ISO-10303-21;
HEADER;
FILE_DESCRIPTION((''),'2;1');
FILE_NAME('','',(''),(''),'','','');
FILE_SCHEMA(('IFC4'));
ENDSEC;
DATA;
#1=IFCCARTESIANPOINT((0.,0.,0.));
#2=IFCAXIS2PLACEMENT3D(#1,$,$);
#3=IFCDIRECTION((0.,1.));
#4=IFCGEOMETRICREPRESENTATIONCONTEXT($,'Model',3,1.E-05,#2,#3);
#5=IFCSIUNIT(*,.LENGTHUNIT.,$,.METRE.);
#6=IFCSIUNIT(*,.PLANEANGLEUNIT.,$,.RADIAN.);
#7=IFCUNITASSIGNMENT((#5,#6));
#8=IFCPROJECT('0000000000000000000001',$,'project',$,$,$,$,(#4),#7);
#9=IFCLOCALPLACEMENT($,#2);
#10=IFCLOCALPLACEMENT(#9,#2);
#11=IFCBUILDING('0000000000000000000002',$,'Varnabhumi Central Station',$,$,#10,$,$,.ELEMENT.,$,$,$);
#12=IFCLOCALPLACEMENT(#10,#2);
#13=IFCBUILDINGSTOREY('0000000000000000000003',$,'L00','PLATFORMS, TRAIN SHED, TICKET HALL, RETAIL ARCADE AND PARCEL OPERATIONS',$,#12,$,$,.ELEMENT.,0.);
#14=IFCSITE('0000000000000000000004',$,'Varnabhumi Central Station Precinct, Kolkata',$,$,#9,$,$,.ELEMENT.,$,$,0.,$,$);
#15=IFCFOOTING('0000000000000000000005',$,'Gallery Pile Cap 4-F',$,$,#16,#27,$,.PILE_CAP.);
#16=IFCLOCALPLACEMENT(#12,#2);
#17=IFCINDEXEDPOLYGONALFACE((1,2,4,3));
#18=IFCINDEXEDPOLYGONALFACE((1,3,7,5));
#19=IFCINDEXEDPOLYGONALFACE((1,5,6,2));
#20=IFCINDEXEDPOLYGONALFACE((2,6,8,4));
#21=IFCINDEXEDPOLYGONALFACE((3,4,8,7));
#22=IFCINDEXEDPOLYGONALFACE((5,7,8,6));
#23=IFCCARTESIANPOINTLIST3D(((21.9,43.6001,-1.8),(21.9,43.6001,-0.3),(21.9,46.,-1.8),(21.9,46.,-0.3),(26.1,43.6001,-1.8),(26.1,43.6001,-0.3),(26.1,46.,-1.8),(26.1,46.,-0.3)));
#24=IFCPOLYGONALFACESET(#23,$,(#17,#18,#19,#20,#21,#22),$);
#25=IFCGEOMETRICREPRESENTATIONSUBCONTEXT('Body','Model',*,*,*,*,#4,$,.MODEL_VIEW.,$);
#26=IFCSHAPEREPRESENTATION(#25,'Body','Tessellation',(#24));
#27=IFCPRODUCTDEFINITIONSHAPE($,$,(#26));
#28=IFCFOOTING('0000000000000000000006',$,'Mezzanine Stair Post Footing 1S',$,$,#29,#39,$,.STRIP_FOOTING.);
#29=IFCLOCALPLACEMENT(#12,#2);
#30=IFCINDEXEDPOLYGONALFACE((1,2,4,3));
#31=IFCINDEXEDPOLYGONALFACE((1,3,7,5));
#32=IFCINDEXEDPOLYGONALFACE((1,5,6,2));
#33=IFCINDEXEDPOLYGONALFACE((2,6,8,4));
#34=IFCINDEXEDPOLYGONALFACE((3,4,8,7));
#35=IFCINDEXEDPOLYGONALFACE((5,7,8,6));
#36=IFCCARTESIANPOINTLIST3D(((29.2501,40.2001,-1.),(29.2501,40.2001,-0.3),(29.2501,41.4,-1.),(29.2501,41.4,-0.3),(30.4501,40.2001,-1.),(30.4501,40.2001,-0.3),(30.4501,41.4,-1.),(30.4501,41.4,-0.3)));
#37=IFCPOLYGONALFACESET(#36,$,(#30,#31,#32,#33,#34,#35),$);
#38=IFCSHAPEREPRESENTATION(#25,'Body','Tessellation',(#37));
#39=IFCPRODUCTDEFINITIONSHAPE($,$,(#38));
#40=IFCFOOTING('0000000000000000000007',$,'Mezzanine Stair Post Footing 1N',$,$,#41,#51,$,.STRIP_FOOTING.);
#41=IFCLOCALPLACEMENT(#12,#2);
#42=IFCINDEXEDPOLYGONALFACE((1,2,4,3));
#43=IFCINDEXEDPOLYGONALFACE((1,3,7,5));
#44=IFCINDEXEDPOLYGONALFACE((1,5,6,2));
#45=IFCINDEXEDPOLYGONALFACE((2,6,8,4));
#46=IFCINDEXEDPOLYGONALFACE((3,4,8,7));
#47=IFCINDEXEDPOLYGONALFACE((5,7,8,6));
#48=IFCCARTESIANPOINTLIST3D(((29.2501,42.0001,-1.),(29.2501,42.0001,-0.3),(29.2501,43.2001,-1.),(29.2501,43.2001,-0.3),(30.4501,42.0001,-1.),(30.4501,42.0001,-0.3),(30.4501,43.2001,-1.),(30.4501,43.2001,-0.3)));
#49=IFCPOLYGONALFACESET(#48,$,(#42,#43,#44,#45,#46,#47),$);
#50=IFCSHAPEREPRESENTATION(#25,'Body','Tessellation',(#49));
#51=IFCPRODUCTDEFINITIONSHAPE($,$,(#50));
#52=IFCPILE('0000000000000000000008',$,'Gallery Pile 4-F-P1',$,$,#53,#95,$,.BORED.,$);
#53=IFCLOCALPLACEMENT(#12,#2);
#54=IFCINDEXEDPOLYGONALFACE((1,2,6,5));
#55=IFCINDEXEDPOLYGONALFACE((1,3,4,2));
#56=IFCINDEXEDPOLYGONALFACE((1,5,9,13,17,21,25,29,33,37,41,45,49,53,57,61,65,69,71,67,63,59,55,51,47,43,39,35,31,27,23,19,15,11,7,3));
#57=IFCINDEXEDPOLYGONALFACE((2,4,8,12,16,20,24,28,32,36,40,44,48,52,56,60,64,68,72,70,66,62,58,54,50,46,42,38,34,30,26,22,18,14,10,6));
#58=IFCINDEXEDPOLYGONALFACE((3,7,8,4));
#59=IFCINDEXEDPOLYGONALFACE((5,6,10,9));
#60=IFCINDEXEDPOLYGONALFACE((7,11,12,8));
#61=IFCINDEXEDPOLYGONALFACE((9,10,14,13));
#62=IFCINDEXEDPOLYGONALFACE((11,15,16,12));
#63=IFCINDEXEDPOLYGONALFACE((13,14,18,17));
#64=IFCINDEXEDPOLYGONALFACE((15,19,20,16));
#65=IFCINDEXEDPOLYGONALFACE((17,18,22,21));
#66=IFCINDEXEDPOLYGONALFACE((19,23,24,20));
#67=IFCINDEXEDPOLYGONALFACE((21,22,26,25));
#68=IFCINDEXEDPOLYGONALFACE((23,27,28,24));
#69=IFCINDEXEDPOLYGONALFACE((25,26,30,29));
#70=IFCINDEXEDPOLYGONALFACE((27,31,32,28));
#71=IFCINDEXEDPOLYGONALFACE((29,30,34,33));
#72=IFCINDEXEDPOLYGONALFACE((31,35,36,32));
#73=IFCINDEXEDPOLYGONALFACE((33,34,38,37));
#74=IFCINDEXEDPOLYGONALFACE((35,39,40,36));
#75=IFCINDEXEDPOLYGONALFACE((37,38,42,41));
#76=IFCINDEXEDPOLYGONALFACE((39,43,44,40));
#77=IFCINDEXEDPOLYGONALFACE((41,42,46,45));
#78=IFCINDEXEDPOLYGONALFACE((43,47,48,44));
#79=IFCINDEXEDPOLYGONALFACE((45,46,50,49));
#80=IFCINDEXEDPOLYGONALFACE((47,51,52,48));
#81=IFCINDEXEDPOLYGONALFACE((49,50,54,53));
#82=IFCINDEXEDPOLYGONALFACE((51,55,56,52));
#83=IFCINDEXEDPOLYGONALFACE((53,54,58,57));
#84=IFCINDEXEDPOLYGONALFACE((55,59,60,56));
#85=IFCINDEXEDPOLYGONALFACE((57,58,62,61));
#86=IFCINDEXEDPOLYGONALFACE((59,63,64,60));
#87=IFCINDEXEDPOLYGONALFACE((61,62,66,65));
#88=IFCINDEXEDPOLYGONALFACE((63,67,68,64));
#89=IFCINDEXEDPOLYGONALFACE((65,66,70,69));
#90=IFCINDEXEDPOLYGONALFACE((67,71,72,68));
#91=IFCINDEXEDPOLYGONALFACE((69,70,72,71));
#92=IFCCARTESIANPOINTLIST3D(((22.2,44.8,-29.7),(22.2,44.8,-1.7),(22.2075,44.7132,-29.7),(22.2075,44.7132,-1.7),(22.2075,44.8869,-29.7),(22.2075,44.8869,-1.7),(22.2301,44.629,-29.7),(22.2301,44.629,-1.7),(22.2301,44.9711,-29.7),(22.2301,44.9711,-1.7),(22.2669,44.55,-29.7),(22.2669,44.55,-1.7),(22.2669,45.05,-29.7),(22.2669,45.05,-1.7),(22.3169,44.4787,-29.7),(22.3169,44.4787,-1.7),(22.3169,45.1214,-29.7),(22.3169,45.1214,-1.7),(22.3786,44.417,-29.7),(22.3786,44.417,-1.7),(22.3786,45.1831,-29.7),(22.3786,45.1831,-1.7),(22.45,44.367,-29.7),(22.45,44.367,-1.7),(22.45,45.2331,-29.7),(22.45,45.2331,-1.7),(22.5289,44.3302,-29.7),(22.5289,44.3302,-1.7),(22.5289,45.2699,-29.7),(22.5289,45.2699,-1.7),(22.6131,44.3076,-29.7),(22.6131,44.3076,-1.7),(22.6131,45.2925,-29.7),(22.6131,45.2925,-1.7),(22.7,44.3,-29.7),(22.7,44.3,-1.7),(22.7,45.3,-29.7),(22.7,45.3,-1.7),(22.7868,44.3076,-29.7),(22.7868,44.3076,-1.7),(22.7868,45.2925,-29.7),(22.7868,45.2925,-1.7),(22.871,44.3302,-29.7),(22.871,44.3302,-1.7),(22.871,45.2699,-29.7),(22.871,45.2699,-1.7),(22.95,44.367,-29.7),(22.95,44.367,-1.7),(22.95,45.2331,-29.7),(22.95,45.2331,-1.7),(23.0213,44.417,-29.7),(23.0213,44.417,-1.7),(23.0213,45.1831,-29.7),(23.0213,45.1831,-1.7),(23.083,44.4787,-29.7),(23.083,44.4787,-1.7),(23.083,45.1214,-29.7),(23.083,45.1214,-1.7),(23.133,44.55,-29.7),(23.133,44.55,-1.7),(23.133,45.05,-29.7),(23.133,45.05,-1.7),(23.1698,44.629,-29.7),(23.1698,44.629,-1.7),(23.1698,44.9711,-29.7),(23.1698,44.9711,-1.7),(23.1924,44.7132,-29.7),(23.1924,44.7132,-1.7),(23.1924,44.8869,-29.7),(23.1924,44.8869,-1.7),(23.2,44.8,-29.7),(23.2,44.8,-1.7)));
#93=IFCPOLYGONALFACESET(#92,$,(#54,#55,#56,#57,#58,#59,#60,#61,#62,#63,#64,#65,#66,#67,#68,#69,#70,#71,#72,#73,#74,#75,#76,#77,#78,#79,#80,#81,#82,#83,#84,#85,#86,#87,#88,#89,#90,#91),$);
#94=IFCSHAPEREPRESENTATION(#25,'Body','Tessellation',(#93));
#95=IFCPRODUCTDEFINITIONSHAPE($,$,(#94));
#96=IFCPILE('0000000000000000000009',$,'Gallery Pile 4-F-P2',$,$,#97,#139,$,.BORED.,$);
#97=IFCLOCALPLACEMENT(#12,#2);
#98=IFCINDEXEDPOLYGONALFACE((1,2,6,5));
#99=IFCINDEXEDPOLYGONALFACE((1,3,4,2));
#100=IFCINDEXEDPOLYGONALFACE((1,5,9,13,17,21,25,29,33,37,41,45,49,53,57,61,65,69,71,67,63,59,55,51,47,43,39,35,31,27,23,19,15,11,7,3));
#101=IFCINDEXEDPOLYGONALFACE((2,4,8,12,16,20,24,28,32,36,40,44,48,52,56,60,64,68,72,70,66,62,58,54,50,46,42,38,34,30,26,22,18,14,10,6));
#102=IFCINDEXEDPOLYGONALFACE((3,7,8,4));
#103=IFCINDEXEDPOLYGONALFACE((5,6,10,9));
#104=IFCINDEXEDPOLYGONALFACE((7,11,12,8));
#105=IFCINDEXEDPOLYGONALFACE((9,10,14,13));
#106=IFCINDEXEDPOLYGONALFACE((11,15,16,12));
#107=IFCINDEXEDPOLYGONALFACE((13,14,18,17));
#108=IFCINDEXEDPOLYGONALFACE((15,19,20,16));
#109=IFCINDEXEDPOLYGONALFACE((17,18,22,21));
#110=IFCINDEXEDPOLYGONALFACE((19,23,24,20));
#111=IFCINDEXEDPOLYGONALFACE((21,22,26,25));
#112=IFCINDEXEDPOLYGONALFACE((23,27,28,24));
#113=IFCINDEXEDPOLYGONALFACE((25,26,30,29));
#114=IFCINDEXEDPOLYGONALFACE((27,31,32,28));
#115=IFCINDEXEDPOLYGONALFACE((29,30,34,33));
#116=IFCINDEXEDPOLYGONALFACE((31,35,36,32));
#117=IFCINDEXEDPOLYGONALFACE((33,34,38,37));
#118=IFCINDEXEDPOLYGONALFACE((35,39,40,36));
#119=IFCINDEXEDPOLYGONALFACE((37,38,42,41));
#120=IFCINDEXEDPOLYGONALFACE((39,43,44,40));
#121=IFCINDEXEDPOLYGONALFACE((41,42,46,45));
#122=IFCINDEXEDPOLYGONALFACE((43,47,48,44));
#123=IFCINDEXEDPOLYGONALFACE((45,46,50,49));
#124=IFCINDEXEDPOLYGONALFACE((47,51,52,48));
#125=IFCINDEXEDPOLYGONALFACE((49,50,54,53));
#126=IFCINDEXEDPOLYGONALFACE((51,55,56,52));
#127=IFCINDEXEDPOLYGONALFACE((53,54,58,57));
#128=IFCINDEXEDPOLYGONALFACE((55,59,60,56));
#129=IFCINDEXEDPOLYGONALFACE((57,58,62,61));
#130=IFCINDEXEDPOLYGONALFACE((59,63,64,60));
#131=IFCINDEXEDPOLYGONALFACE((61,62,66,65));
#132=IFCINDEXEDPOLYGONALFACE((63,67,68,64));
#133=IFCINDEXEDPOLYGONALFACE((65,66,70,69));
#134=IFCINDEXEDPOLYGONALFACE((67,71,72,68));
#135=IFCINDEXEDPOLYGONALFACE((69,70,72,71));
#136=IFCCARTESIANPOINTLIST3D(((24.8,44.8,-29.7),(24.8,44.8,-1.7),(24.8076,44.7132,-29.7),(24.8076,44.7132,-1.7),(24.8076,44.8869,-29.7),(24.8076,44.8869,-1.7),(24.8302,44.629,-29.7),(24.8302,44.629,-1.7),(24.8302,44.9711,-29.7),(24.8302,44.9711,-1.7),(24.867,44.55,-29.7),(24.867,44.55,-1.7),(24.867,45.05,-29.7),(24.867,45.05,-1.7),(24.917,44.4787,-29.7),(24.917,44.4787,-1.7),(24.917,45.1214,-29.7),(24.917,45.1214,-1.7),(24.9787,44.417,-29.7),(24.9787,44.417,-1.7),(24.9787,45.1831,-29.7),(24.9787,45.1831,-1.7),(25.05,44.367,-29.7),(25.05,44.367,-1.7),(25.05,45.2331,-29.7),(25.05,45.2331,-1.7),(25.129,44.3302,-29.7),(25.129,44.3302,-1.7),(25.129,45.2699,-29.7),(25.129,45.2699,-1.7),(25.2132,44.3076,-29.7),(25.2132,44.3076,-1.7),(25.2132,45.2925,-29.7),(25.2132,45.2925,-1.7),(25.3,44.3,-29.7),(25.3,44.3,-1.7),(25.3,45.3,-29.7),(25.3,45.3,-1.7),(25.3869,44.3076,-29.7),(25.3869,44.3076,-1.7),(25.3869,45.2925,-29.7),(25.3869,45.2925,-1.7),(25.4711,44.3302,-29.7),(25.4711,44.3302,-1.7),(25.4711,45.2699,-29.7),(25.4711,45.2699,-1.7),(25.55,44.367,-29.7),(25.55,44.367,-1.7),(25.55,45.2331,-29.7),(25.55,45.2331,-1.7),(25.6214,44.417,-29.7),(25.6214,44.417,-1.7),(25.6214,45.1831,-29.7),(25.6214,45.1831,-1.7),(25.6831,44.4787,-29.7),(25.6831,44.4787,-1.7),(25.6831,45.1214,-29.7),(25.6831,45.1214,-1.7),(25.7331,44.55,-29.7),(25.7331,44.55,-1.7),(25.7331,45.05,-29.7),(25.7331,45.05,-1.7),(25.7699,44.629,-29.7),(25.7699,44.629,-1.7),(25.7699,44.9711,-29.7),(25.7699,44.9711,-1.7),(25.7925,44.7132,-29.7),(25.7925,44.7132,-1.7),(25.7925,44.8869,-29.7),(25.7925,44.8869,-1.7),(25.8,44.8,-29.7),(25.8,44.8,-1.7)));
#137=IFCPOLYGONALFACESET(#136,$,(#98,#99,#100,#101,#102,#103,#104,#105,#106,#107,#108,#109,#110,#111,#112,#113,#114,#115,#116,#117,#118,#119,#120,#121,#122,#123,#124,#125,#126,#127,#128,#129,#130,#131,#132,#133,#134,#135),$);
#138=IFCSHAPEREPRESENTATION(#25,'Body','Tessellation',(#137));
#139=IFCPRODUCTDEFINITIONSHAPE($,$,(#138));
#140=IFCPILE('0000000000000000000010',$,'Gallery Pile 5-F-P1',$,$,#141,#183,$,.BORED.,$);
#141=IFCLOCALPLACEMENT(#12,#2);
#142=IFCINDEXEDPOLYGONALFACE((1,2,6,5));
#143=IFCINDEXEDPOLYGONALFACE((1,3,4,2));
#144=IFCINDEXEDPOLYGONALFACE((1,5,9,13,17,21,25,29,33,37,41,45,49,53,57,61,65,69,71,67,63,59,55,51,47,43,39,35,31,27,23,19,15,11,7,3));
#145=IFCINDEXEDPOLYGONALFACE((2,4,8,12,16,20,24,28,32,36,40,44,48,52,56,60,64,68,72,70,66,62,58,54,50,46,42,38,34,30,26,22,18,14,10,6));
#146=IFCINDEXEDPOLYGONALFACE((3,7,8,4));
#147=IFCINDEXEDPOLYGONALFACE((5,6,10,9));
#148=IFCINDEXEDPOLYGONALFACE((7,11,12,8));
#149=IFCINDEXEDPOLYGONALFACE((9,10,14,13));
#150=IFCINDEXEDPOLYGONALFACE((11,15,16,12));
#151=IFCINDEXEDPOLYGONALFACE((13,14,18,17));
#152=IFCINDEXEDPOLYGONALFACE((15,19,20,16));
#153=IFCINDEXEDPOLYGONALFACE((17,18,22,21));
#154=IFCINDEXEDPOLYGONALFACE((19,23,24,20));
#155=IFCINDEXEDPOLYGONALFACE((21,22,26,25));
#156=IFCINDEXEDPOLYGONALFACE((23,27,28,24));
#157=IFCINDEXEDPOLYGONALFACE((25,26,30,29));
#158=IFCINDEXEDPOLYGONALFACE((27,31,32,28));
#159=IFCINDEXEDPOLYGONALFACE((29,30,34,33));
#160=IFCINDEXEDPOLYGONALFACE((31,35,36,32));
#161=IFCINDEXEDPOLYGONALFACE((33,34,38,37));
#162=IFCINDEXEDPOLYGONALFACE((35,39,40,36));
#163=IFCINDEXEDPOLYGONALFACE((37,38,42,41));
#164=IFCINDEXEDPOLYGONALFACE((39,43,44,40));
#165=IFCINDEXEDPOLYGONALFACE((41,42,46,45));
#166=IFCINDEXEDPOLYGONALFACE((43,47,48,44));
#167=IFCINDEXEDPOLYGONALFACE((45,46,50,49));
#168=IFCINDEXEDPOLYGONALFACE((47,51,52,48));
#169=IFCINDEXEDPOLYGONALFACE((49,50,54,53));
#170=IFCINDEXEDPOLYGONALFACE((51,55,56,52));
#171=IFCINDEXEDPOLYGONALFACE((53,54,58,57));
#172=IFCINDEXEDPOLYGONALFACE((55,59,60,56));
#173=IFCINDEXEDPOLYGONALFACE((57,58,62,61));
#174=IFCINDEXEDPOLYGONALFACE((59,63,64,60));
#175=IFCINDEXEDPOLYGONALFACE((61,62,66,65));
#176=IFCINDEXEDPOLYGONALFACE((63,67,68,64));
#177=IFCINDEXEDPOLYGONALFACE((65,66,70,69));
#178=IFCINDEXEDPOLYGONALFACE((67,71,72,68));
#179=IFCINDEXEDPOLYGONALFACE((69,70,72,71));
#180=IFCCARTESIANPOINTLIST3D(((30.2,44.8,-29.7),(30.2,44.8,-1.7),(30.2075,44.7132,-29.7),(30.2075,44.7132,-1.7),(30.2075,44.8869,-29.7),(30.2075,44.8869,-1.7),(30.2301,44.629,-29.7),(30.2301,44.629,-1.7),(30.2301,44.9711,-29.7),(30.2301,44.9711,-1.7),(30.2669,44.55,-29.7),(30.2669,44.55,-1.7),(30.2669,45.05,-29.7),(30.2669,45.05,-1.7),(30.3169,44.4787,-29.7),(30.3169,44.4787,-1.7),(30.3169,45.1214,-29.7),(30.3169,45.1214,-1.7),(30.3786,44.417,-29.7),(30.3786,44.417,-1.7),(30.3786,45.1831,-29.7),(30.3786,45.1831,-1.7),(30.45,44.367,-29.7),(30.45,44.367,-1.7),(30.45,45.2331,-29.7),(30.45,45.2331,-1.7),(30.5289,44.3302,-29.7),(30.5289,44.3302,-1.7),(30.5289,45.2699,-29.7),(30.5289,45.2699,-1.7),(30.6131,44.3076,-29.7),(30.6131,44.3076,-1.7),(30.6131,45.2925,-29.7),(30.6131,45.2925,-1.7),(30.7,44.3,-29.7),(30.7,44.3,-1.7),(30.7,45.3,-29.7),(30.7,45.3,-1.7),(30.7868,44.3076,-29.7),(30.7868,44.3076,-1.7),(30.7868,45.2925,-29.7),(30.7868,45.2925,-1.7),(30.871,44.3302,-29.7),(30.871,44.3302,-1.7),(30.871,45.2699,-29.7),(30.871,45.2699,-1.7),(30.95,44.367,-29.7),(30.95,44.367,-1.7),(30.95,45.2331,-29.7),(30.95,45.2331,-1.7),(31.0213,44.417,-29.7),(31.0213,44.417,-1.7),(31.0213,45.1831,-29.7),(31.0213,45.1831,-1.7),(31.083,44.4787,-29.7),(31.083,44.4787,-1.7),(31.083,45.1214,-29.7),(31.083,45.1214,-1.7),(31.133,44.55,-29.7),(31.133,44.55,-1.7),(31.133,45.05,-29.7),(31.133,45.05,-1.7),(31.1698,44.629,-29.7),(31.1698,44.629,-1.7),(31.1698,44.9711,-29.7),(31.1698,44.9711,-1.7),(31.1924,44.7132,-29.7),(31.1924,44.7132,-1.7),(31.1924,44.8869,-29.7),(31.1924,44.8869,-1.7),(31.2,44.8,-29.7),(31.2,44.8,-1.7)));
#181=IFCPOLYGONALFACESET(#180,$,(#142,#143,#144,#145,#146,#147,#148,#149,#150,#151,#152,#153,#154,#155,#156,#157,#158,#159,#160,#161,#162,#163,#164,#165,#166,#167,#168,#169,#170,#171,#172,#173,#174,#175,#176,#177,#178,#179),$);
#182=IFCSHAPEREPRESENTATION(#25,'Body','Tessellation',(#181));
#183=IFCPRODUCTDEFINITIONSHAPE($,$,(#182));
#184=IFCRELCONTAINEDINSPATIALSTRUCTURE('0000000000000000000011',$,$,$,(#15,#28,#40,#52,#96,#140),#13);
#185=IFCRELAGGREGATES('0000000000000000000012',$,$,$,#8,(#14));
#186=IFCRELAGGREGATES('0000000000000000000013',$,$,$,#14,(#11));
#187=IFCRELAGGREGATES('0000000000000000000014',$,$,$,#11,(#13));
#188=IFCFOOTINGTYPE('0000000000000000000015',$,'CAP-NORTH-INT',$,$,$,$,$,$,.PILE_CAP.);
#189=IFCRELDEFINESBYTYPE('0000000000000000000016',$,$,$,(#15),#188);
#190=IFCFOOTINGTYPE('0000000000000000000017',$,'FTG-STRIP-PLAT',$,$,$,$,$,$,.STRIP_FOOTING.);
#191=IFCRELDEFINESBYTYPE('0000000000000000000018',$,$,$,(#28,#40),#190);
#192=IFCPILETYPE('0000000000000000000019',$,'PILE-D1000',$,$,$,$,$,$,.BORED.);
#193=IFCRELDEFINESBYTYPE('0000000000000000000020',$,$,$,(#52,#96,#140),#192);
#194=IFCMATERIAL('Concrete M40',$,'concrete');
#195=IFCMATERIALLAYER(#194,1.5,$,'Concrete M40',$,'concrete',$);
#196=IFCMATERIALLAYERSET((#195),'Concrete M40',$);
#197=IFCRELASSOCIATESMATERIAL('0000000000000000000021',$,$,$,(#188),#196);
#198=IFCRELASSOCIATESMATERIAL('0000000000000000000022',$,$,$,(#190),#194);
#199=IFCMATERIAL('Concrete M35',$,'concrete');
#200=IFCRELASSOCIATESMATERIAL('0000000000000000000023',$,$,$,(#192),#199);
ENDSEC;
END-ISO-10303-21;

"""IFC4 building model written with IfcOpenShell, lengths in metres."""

from ifc_helpers import new_model, si_unit, direction, frame, origin, origin_2d, place, context, subcontext, project, spatial, rectangle, circle, extrude, material, layer, layer_set, material_profile, profile_set, type_object, element, save


model = new_model("IFC4")

# Units and contexts
model_context = context("Model", 3, precision=1e-05, world=origin(), true_north=direction((0.0, 1.0)))
body_context = subcontext(model_context, "Body", "Model", "MODEL_VIEW")
ifc_project = project(units=[si_unit("LENGTHUNIT", "METRE"), si_unit("PLANEANGLEUNIT", "RADIAN")], contexts=[model_context])

# Site, building, storey
site_placement = place(None, origin())
site = spatial("IfcSite", under=ifc_project, at=site_placement, Name="Varnabhumi Central Station Precinct, Kolkata", CompositionType="ELEMENT", RefElevation=0.0)
building_placement = place(site_placement, origin())
building = spatial("IfcBuilding", under=site, at=building_placement, Name="Varnabhumi Central Station", CompositionType="ELEMENT")
storey_placement = place(building_placement, origin())
storey = spatial("IfcBuildingStorey", under=building, at=storey_placement, Name="L00", Description="PLATFORMS, TRAIN SHED, TICKET HALL, RETAIL ARCADE AND PARCEL OPERATIONS", CompositionType="ELEMENT", Elevation=0.0)

# Footings
ifc_material_1 = material(Name="Concrete M40", Category="concrete")
ifc_layer_1 = layer(ifc_material_1, 1.5, Name="Concrete M40", Category="concrete")
ifc_layer_set_1 = layer_set([ifc_layer_1], Name="Concrete M40")
footing_type_1 = type_object("IfcFootingType", Name="CAP-NORTH-INT", PredefinedType="PILE_CAP", material=ifc_layer_set_1)
footing_placement = place(storey_placement, frame((24.0, 44.8, -1.8), z_axis=(0.0, 0.0, 1.0), x_axis=(1.0, 0.0, 0.0)))
element("IfcFooting", 1, at=footing_placement, inside=storey, type_object=footing_type_1, Name="Gallery Pile Cap 4-F", PredefinedType="PILE_CAP", context=body_context, shape_type="SweptSolid", body=[
    extrude(rectangle(XDim=4.2, YDim=2.3999, at=origin_2d()), origin(), (0.0, 0.0, 1.0), 1.5),
])
footing_type_2 = type_object("IfcFootingType", Name="FTG-STRIP-PLAT", PredefinedType="STRIP_FOOTING", material=ifc_material_1)
for number, where, z_axis, x_axis, name in (
    (2, (29.8501, 40.8, -1.0), (0.0, 0.0, 1.0), (1.0, 0.0, 0.0), "Mezzanine Stair Post Footing 1S"),
    (3, (29.8501, 42.6001, -1.0), (0.0, 0.0, 1.0), (1.0, 0.0, 0.0), "Mezzanine Stair Post Footing 1N"),
):
    element("IfcFooting", number, at=place(storey_placement, frame(where, z_axis=z_axis, x_axis=x_axis)), inside=storey, type_object=footing_type_2, Name=name, PredefinedType="STRIP_FOOTING", context=body_context, shape_type="SweptSolid", body=[
        extrude(rectangle(XDim=1.2, YDim=1.2, at=origin_2d()), origin(), (0.0, 0.0, 1.0), 0.7),
    ])

# Piles
ifc_material_2 = material(Name="Concrete M35", Category="concrete")
ifc_material_profile_1 = material_profile(ifc_material_2, circle(Radius=0.5, at=origin_2d()), Name="Concrete M35", Category="concrete")
ifc_profile_set_1 = profile_set([ifc_material_profile_1], Name="Concrete M35")
pile_type_1 = type_object("IfcPileType", Name="PILE-D1000", PredefinedType="BORED", material=ifc_profile_set_1)
for number, where, z_axis, x_axis, name in (
    (4, (22.7, 44.8, -1.7), (0.0, 0.0, -1.0), (1.0, 0.0, 0.0), "Gallery Pile 4-F-P1"),
    (5, (25.3, 44.8, -1.7), (0.0, 0.0, -1.0), (1.0, 0.0, 0.0), "Gallery Pile 4-F-P2"),
    (6, (30.7, 44.8, -1.7), (0.0, 0.0, -1.0), (1.0, 0.0, 0.0), "Gallery Pile 5-F-P1"),
):
    element("IfcPile", number, at=place(storey_placement, frame(where, z_axis=z_axis, x_axis=x_axis)), inside=storey, type_object=pile_type_1, Name=name, PredefinedType="BORED", context=body_context, shape_type="SweptSolid", body=[
        extrude(circle(Radius=0.5, at=origin_2d()), origin(), (0.0, 0.0, 1.0), 28.0),
    ])

save(model, "model.ifc")
